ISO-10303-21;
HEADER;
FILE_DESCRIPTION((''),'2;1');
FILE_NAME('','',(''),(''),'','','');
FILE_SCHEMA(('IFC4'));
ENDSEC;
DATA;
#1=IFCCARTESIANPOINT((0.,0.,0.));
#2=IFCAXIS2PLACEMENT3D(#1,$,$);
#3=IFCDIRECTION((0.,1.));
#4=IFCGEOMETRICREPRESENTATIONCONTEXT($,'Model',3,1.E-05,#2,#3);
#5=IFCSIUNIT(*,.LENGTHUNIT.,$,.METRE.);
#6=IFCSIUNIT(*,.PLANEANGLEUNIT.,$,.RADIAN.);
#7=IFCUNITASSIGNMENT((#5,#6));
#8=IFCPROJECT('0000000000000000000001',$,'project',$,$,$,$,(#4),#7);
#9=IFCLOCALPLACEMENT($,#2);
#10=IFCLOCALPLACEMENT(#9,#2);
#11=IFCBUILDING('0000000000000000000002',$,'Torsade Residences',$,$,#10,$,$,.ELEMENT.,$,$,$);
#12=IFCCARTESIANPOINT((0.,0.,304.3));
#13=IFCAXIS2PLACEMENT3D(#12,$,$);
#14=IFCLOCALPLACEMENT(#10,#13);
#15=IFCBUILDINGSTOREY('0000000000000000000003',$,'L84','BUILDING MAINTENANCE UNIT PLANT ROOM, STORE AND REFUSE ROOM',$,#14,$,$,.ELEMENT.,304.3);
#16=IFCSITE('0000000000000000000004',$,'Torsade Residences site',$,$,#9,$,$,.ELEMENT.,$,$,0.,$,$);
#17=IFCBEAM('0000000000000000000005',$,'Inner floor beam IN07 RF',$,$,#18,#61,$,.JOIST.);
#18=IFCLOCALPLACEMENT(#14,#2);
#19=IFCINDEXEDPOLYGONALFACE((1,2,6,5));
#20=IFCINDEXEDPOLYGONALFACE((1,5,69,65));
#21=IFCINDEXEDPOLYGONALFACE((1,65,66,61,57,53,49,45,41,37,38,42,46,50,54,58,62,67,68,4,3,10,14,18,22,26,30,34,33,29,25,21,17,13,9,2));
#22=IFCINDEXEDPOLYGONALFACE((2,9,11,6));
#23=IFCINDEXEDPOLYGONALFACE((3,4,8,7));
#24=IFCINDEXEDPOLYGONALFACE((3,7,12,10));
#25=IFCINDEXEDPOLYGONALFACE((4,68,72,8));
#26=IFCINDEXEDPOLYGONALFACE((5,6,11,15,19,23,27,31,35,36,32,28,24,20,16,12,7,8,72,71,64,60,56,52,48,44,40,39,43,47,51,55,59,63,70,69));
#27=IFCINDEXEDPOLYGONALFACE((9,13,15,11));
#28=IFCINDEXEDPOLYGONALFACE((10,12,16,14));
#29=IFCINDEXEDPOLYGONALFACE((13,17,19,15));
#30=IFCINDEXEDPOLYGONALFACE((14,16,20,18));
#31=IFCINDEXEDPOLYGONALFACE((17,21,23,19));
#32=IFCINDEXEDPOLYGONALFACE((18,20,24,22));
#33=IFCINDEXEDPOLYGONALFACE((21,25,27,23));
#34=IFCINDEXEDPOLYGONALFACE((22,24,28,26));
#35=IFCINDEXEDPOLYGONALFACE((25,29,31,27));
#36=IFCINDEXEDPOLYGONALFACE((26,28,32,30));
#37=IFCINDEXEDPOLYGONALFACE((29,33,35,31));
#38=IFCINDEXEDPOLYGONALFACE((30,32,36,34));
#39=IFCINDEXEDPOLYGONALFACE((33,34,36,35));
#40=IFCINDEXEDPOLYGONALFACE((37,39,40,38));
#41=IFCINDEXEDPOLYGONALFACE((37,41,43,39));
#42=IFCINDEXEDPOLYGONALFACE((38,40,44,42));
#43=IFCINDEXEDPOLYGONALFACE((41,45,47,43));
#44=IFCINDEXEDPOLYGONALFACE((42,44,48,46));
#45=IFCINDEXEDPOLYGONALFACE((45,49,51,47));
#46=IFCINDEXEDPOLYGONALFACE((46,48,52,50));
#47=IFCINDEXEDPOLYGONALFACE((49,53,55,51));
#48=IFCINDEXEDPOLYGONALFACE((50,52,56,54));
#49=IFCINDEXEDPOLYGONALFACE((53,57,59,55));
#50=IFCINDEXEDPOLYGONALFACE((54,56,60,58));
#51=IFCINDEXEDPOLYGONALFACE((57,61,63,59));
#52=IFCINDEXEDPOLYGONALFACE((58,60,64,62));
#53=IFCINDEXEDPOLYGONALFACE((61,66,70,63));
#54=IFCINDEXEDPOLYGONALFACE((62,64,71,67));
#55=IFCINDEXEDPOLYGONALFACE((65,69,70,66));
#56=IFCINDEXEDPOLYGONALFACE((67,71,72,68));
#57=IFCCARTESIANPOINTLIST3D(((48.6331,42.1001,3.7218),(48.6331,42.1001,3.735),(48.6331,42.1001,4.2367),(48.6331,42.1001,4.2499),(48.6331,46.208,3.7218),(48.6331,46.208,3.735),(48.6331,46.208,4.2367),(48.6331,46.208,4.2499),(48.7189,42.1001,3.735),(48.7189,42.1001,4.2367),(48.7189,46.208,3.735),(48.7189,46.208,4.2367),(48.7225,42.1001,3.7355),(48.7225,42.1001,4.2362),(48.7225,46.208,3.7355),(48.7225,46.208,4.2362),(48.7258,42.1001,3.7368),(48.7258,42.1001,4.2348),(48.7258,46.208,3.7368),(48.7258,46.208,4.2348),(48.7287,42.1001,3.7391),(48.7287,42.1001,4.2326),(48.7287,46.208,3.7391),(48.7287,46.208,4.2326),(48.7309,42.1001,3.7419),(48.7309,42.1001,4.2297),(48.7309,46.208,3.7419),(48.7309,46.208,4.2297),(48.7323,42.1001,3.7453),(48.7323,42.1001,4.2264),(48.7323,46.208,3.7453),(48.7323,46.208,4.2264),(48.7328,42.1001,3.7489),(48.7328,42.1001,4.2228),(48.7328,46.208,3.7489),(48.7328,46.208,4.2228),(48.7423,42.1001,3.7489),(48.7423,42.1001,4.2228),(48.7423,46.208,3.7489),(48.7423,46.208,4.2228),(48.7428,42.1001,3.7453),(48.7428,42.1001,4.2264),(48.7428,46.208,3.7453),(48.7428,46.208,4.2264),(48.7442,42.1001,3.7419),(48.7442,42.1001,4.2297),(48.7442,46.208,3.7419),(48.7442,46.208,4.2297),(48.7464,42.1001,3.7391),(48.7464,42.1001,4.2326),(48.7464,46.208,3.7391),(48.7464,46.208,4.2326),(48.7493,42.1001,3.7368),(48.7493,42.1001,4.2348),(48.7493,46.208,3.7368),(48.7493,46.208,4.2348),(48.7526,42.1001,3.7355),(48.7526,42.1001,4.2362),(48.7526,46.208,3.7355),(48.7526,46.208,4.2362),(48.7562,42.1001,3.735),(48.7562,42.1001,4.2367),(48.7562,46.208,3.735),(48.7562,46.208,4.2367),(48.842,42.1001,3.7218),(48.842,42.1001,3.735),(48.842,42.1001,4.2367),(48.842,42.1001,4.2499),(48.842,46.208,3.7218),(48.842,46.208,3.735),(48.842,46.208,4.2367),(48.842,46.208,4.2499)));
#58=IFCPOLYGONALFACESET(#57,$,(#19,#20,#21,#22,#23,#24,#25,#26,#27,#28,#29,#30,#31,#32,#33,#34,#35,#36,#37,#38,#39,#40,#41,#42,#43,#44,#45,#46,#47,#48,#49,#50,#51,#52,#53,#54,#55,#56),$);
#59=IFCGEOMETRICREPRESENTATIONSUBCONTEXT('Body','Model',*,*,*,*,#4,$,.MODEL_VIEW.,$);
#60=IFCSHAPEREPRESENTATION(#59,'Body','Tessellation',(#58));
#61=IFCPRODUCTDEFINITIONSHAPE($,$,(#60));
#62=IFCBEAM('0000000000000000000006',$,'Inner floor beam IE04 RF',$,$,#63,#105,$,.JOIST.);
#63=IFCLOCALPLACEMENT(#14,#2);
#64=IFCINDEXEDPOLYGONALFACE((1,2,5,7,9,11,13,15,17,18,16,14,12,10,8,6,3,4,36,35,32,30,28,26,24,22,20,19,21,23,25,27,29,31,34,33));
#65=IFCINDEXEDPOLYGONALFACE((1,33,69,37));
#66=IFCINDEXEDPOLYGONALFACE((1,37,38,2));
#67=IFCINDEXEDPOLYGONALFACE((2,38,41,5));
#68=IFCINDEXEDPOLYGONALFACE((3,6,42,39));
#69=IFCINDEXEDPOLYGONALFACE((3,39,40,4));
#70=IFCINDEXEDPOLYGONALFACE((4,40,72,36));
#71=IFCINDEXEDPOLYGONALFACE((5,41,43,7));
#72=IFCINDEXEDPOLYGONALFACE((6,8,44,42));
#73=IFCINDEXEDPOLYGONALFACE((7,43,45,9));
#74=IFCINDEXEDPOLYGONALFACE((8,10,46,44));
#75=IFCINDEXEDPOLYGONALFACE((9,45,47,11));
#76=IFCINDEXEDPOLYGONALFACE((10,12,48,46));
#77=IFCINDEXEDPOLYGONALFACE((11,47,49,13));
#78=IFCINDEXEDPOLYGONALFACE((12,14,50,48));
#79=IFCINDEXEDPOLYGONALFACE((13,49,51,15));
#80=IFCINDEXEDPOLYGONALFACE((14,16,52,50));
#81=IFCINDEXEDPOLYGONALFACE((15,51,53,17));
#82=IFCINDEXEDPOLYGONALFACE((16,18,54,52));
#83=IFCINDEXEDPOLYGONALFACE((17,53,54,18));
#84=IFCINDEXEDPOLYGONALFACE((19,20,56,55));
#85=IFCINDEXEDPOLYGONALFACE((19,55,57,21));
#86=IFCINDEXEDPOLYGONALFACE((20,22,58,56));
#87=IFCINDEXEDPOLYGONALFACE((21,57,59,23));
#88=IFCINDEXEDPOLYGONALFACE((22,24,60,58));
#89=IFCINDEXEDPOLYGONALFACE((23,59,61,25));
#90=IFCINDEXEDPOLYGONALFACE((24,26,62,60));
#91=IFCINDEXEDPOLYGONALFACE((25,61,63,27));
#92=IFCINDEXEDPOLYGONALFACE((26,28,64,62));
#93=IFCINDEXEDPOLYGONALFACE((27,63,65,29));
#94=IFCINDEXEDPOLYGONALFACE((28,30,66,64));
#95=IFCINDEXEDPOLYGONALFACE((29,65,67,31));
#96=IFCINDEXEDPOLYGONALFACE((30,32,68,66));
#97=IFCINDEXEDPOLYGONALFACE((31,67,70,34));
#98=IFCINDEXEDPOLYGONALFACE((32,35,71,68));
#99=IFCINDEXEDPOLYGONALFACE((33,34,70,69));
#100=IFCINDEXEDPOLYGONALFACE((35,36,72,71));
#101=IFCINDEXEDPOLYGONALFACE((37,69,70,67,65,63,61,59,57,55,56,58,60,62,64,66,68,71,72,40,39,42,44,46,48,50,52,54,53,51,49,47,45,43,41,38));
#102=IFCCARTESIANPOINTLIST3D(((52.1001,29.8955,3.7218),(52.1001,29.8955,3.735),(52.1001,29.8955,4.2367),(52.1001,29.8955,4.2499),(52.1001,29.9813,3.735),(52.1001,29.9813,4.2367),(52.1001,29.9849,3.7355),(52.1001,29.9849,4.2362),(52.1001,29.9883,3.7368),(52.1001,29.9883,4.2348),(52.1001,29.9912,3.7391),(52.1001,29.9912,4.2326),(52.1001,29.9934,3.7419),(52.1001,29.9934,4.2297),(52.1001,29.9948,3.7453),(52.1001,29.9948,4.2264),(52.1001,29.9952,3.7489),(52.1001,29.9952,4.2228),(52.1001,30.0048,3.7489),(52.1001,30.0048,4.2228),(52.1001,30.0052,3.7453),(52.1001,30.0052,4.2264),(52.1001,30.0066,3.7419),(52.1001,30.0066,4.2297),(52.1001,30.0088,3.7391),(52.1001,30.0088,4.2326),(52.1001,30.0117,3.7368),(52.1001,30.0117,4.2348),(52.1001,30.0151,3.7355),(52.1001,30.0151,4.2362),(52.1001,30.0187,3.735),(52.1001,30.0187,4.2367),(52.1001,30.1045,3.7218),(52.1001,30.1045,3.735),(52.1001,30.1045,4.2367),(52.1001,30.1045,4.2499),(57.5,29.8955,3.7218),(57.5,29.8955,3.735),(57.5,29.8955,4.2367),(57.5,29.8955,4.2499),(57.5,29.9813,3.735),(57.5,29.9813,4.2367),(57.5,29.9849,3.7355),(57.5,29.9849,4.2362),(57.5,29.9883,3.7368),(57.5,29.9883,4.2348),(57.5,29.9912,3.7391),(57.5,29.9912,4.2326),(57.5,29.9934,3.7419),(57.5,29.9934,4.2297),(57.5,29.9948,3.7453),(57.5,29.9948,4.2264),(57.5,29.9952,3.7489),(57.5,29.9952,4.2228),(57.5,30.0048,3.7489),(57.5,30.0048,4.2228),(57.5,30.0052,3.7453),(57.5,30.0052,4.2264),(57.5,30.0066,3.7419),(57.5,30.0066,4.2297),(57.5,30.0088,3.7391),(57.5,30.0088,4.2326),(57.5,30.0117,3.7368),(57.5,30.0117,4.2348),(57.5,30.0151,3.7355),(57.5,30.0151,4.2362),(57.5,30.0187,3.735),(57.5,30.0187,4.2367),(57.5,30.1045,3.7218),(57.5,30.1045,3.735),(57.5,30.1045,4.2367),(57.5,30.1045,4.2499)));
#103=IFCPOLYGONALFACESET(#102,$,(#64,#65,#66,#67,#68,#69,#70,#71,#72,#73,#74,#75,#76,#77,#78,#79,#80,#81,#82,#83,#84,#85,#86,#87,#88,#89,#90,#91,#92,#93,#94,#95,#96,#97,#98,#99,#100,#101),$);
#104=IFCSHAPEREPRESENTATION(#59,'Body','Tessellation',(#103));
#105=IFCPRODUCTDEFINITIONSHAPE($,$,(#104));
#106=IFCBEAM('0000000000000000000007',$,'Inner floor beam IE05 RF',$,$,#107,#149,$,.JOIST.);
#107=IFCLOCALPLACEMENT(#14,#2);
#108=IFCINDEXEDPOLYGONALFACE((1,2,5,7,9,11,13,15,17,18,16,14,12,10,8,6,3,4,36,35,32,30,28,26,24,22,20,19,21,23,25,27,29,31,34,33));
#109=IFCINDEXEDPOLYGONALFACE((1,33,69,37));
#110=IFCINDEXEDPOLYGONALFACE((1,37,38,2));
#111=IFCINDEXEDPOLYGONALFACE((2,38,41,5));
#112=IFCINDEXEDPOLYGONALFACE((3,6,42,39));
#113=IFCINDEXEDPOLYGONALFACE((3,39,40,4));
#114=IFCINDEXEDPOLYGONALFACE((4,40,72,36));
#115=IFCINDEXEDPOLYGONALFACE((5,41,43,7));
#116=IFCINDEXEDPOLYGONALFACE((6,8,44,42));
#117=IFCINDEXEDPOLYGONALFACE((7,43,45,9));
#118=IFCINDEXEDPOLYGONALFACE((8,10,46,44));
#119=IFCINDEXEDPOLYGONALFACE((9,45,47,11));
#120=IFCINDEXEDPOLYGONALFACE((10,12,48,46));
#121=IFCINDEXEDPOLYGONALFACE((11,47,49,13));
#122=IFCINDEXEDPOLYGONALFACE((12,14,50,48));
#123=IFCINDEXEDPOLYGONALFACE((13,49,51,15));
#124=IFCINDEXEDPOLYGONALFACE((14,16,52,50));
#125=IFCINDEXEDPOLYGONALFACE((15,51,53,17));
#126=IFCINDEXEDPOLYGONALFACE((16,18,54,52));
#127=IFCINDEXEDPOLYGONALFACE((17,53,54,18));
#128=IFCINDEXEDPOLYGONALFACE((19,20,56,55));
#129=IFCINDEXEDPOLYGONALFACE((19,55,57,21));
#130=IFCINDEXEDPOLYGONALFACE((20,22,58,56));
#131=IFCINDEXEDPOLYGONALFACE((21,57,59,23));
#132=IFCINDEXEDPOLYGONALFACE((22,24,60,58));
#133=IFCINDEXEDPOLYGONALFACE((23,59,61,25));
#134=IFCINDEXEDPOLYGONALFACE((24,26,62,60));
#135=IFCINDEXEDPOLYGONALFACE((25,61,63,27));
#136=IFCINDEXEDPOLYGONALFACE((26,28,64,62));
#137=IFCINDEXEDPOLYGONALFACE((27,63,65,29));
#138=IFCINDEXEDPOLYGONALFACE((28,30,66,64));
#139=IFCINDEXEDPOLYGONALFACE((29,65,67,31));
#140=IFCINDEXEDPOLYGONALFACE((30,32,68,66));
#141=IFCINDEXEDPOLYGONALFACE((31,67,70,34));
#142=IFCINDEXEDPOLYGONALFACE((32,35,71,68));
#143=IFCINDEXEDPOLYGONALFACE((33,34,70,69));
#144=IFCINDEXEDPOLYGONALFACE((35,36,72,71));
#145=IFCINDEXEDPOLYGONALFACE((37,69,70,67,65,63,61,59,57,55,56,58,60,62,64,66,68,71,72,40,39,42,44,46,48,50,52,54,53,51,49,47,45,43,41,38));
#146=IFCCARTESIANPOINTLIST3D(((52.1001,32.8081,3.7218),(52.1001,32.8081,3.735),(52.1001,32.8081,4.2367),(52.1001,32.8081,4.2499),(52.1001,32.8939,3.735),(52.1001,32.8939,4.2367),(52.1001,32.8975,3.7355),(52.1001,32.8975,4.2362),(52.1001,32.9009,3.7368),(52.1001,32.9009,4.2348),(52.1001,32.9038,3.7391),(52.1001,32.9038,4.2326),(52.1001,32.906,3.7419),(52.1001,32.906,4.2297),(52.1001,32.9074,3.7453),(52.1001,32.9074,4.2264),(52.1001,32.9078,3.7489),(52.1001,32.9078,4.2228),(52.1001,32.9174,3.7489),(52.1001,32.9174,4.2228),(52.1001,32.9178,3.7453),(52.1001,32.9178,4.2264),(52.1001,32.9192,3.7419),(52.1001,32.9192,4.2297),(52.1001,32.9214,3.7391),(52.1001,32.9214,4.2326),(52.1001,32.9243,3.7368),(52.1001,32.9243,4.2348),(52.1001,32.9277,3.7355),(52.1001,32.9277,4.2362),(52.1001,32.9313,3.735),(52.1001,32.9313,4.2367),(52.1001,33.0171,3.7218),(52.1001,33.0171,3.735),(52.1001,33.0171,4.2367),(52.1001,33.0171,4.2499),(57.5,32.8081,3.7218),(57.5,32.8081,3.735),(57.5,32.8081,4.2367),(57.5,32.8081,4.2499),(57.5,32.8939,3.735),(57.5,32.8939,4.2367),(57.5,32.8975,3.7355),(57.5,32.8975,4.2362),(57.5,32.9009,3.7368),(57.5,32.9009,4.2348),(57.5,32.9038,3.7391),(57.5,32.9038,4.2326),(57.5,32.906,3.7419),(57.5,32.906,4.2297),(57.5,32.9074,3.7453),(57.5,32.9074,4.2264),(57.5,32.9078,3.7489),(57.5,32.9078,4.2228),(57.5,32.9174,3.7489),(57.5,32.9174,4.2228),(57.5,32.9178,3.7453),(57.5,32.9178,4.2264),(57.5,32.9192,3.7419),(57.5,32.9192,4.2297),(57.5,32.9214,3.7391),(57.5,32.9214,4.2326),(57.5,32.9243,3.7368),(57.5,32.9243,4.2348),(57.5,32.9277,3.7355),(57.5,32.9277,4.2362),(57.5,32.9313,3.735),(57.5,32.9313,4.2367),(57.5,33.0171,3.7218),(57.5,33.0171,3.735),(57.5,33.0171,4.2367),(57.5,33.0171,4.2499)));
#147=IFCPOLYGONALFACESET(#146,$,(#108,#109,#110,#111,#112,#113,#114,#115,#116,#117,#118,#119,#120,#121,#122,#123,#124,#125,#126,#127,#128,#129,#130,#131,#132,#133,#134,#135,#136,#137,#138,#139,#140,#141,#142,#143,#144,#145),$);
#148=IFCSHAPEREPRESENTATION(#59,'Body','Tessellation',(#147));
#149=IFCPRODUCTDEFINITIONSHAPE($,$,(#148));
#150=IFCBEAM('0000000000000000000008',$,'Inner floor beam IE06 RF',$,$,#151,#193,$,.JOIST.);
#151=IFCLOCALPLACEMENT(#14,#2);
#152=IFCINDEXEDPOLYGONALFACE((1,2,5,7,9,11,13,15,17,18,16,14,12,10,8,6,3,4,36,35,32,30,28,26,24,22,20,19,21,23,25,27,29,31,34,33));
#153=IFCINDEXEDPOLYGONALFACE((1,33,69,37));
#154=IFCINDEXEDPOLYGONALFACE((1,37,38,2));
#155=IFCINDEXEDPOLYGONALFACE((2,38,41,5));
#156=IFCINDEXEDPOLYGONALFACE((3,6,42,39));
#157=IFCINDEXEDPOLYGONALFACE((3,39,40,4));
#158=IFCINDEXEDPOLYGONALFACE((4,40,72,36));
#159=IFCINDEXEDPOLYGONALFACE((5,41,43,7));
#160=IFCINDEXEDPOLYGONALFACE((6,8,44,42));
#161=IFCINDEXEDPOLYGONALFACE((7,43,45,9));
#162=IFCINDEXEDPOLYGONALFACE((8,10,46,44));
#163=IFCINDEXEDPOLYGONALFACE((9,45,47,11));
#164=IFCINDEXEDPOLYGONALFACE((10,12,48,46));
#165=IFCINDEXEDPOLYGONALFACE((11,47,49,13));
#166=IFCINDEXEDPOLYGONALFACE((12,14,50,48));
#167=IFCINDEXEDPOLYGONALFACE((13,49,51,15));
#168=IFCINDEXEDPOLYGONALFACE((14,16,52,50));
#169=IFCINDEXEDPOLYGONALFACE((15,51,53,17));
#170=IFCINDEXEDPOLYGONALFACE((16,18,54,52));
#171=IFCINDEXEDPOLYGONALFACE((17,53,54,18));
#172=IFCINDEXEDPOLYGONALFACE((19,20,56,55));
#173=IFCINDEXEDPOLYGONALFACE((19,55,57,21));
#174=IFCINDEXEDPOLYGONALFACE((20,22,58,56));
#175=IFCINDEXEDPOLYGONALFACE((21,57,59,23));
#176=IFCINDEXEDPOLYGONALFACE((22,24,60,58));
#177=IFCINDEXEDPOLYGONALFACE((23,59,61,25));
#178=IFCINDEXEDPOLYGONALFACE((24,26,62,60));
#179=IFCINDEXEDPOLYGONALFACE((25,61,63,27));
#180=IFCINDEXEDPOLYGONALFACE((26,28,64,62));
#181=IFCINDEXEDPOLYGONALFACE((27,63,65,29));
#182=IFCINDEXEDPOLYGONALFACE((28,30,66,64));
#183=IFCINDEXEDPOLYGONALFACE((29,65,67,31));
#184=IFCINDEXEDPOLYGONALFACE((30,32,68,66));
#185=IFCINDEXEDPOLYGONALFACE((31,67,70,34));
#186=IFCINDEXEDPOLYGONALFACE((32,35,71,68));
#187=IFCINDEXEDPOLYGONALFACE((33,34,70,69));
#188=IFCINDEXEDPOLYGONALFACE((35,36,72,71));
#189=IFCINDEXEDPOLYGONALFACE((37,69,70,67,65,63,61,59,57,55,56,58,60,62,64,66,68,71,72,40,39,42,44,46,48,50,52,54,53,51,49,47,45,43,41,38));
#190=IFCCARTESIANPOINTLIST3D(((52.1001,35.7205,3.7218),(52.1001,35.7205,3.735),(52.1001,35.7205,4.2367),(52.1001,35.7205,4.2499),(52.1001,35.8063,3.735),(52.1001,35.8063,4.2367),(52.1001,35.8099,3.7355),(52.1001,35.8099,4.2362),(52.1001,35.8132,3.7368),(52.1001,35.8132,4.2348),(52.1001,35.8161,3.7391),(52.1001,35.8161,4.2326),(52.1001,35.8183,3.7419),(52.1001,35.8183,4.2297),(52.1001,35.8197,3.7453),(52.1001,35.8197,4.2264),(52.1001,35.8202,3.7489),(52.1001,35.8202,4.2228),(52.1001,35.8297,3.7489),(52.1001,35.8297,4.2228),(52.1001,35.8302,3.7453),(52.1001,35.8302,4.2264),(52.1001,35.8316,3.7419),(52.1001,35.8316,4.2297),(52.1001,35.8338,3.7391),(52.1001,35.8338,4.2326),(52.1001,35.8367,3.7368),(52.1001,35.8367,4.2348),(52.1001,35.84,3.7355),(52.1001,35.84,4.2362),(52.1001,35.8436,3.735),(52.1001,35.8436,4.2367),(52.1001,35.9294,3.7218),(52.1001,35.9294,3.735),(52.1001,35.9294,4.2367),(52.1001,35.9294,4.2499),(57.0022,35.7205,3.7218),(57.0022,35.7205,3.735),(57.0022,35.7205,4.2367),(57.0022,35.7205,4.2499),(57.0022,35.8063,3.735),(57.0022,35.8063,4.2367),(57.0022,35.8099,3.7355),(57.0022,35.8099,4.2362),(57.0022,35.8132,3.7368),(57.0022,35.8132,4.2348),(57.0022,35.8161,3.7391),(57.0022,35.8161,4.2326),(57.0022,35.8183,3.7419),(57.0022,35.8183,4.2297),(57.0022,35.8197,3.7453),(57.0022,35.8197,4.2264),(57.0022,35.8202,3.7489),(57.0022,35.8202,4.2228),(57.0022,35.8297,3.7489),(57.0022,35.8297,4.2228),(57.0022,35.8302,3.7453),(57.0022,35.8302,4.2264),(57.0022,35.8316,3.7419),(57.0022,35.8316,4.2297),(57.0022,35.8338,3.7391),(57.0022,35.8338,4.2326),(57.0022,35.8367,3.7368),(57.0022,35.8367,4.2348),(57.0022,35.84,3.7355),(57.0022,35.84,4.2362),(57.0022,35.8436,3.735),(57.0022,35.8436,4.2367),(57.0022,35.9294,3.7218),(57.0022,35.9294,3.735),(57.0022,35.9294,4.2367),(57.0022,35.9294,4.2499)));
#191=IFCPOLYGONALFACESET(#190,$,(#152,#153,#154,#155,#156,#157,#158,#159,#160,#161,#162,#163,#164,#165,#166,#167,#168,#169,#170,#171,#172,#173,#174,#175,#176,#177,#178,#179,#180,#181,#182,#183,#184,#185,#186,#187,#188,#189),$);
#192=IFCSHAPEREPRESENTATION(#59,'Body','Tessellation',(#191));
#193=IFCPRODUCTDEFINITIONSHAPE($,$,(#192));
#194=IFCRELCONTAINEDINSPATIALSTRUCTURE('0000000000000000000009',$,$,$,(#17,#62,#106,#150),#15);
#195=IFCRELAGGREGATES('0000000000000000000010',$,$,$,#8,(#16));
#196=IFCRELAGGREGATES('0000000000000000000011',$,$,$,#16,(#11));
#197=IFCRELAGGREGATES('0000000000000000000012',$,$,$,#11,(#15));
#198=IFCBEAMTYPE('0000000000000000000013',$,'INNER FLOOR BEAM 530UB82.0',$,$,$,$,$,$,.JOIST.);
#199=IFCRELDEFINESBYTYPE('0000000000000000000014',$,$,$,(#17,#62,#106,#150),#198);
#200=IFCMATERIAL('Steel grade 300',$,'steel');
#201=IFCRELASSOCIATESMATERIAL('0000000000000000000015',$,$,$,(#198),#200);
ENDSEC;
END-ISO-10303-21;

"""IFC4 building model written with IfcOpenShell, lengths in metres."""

from ifc_helpers import new_model, si_unit, direction, frame, origin, origin_2d, place, context, subcontext, project, spatial, i_section, extrude, material, material_profile, profile_set, type_object, element, save


model = new_model("IFC4")

# Units and contexts
model_context = context("Model", 3, precision=1e-05, world=origin(), true_north=direction((0.0, 1.0)))
body_context = subcontext(model_context, "Body", "Model", "MODEL_VIEW")
ifc_project = project(units=[si_unit("LENGTHUNIT", "METRE"), si_unit("PLANEANGLEUNIT", "RADIAN")], contexts=[model_context])

# Site, building, storey
site_placement = place(None, origin())
site = spatial("IfcSite", under=ifc_project, at=site_placement, Name="Torsade Residences site", CompositionType="ELEMENT", RefElevation=0.0)
building_placement = place(site_placement, origin())
building = spatial("IfcBuilding", under=site, at=building_placement, Name="Torsade Residences", CompositionType="ELEMENT")
storey_placement = place(building_placement, frame((0.0, 0.0, 304.3)))
storey = spatial("IfcBuildingStorey", under=building, at=storey_placement, Name="L84", Description="BUILDING MAINTENANCE UNIT PLANT ROOM, STORE AND REFUSE ROOM", CompositionType="ELEMENT", Elevation=304.3)

# Beams
ifc_material_1 = material(Name="Steel grade 300", Category="steel")
ifc_material_profile_1 = material_profile(ifc_material_1, i_section(OverallWidth=0.209, OverallDepth=0.5281, WebThickness=0.0095, FlangeThickness=0.0132, FilletRadius=0.0139, at=origin_2d()), Name="530UB82.0")
ifc_profile_set_1 = profile_set([ifc_material_profile_1], Name="Steel grade 300")
beam_type_1 = type_object("IfcBeamType", Name="INNER FLOOR BEAM 530UB82.0", PredefinedType="JOIST", material=ifc_profile_set_1)
beam_1_placement = place(storey_placement, frame((48.7375, 42.1001, 3.9858), z_axis=(0.0, 1.0, 0.0), x_axis=(-1.0, 0.0, 0.0)))
element("IfcBeam", 1, at=beam_1_placement, inside=storey, type_object=beam_type_1, Name="Inner floor beam IN07 RF", PredefinedType="JOIST", context=body_context, shape_type="SweptSolid", body=[
    extrude(i_section(OverallWidth=0.209, OverallDepth=0.5281, WebThickness=0.0095, FlangeThickness=0.0132, FilletRadius=0.0139, at=origin_2d()), origin(), (0.0, 0.0, 1.0), 4.1079),
])
for number, where, z_axis, x_axis, name in (
    (2, (52.1001, 30.0, 3.9858), (1.0, 0.0, 0.0), (0.0, 1.0, 0.0), "Inner floor beam IE04 RF"),
    (3, (52.1001, 32.9126, 3.9858), (1.0, 0.0, 0.0), (0.0, 1.0, 0.0), "Inner floor beam IE05 RF"),
):
    element("IfcBeam", number, at=place(storey_placement, frame(where, z_axis=z_axis, x_axis=x_axis)), inside=storey, type_object=beam_type_1, Name=name, PredefinedType="JOIST", context=body_context, shape_type="SweptSolid", body=[
        extrude(i_section(OverallWidth=0.209, OverallDepth=0.5281, WebThickness=0.0095, FlangeThickness=0.0132, FilletRadius=0.0139, at=origin_2d()), origin(), (0.0, 0.0, 1.0), 5.3999),
    ])
beam_2_placement = place(storey_placement, frame((52.1001, 35.825, 3.9858), z_axis=(1.0, 0.0, 0.0), x_axis=(0.0, 1.0, 0.0)))
element("IfcBeam", 4, at=beam_2_placement, inside=storey, type_object=beam_type_1, Name="Inner floor beam IE06 RF", PredefinedType="JOIST", context=body_context, shape_type="SweptSolid", body=[
    extrude(i_section(OverallWidth=0.209, OverallDepth=0.5281, WebThickness=0.0095, FlangeThickness=0.0132, FilletRadius=0.0139, at=origin_2d()), origin(), (0.0, 0.0, 1.0), 4.9021),
])

save(model, "model.ifc")
